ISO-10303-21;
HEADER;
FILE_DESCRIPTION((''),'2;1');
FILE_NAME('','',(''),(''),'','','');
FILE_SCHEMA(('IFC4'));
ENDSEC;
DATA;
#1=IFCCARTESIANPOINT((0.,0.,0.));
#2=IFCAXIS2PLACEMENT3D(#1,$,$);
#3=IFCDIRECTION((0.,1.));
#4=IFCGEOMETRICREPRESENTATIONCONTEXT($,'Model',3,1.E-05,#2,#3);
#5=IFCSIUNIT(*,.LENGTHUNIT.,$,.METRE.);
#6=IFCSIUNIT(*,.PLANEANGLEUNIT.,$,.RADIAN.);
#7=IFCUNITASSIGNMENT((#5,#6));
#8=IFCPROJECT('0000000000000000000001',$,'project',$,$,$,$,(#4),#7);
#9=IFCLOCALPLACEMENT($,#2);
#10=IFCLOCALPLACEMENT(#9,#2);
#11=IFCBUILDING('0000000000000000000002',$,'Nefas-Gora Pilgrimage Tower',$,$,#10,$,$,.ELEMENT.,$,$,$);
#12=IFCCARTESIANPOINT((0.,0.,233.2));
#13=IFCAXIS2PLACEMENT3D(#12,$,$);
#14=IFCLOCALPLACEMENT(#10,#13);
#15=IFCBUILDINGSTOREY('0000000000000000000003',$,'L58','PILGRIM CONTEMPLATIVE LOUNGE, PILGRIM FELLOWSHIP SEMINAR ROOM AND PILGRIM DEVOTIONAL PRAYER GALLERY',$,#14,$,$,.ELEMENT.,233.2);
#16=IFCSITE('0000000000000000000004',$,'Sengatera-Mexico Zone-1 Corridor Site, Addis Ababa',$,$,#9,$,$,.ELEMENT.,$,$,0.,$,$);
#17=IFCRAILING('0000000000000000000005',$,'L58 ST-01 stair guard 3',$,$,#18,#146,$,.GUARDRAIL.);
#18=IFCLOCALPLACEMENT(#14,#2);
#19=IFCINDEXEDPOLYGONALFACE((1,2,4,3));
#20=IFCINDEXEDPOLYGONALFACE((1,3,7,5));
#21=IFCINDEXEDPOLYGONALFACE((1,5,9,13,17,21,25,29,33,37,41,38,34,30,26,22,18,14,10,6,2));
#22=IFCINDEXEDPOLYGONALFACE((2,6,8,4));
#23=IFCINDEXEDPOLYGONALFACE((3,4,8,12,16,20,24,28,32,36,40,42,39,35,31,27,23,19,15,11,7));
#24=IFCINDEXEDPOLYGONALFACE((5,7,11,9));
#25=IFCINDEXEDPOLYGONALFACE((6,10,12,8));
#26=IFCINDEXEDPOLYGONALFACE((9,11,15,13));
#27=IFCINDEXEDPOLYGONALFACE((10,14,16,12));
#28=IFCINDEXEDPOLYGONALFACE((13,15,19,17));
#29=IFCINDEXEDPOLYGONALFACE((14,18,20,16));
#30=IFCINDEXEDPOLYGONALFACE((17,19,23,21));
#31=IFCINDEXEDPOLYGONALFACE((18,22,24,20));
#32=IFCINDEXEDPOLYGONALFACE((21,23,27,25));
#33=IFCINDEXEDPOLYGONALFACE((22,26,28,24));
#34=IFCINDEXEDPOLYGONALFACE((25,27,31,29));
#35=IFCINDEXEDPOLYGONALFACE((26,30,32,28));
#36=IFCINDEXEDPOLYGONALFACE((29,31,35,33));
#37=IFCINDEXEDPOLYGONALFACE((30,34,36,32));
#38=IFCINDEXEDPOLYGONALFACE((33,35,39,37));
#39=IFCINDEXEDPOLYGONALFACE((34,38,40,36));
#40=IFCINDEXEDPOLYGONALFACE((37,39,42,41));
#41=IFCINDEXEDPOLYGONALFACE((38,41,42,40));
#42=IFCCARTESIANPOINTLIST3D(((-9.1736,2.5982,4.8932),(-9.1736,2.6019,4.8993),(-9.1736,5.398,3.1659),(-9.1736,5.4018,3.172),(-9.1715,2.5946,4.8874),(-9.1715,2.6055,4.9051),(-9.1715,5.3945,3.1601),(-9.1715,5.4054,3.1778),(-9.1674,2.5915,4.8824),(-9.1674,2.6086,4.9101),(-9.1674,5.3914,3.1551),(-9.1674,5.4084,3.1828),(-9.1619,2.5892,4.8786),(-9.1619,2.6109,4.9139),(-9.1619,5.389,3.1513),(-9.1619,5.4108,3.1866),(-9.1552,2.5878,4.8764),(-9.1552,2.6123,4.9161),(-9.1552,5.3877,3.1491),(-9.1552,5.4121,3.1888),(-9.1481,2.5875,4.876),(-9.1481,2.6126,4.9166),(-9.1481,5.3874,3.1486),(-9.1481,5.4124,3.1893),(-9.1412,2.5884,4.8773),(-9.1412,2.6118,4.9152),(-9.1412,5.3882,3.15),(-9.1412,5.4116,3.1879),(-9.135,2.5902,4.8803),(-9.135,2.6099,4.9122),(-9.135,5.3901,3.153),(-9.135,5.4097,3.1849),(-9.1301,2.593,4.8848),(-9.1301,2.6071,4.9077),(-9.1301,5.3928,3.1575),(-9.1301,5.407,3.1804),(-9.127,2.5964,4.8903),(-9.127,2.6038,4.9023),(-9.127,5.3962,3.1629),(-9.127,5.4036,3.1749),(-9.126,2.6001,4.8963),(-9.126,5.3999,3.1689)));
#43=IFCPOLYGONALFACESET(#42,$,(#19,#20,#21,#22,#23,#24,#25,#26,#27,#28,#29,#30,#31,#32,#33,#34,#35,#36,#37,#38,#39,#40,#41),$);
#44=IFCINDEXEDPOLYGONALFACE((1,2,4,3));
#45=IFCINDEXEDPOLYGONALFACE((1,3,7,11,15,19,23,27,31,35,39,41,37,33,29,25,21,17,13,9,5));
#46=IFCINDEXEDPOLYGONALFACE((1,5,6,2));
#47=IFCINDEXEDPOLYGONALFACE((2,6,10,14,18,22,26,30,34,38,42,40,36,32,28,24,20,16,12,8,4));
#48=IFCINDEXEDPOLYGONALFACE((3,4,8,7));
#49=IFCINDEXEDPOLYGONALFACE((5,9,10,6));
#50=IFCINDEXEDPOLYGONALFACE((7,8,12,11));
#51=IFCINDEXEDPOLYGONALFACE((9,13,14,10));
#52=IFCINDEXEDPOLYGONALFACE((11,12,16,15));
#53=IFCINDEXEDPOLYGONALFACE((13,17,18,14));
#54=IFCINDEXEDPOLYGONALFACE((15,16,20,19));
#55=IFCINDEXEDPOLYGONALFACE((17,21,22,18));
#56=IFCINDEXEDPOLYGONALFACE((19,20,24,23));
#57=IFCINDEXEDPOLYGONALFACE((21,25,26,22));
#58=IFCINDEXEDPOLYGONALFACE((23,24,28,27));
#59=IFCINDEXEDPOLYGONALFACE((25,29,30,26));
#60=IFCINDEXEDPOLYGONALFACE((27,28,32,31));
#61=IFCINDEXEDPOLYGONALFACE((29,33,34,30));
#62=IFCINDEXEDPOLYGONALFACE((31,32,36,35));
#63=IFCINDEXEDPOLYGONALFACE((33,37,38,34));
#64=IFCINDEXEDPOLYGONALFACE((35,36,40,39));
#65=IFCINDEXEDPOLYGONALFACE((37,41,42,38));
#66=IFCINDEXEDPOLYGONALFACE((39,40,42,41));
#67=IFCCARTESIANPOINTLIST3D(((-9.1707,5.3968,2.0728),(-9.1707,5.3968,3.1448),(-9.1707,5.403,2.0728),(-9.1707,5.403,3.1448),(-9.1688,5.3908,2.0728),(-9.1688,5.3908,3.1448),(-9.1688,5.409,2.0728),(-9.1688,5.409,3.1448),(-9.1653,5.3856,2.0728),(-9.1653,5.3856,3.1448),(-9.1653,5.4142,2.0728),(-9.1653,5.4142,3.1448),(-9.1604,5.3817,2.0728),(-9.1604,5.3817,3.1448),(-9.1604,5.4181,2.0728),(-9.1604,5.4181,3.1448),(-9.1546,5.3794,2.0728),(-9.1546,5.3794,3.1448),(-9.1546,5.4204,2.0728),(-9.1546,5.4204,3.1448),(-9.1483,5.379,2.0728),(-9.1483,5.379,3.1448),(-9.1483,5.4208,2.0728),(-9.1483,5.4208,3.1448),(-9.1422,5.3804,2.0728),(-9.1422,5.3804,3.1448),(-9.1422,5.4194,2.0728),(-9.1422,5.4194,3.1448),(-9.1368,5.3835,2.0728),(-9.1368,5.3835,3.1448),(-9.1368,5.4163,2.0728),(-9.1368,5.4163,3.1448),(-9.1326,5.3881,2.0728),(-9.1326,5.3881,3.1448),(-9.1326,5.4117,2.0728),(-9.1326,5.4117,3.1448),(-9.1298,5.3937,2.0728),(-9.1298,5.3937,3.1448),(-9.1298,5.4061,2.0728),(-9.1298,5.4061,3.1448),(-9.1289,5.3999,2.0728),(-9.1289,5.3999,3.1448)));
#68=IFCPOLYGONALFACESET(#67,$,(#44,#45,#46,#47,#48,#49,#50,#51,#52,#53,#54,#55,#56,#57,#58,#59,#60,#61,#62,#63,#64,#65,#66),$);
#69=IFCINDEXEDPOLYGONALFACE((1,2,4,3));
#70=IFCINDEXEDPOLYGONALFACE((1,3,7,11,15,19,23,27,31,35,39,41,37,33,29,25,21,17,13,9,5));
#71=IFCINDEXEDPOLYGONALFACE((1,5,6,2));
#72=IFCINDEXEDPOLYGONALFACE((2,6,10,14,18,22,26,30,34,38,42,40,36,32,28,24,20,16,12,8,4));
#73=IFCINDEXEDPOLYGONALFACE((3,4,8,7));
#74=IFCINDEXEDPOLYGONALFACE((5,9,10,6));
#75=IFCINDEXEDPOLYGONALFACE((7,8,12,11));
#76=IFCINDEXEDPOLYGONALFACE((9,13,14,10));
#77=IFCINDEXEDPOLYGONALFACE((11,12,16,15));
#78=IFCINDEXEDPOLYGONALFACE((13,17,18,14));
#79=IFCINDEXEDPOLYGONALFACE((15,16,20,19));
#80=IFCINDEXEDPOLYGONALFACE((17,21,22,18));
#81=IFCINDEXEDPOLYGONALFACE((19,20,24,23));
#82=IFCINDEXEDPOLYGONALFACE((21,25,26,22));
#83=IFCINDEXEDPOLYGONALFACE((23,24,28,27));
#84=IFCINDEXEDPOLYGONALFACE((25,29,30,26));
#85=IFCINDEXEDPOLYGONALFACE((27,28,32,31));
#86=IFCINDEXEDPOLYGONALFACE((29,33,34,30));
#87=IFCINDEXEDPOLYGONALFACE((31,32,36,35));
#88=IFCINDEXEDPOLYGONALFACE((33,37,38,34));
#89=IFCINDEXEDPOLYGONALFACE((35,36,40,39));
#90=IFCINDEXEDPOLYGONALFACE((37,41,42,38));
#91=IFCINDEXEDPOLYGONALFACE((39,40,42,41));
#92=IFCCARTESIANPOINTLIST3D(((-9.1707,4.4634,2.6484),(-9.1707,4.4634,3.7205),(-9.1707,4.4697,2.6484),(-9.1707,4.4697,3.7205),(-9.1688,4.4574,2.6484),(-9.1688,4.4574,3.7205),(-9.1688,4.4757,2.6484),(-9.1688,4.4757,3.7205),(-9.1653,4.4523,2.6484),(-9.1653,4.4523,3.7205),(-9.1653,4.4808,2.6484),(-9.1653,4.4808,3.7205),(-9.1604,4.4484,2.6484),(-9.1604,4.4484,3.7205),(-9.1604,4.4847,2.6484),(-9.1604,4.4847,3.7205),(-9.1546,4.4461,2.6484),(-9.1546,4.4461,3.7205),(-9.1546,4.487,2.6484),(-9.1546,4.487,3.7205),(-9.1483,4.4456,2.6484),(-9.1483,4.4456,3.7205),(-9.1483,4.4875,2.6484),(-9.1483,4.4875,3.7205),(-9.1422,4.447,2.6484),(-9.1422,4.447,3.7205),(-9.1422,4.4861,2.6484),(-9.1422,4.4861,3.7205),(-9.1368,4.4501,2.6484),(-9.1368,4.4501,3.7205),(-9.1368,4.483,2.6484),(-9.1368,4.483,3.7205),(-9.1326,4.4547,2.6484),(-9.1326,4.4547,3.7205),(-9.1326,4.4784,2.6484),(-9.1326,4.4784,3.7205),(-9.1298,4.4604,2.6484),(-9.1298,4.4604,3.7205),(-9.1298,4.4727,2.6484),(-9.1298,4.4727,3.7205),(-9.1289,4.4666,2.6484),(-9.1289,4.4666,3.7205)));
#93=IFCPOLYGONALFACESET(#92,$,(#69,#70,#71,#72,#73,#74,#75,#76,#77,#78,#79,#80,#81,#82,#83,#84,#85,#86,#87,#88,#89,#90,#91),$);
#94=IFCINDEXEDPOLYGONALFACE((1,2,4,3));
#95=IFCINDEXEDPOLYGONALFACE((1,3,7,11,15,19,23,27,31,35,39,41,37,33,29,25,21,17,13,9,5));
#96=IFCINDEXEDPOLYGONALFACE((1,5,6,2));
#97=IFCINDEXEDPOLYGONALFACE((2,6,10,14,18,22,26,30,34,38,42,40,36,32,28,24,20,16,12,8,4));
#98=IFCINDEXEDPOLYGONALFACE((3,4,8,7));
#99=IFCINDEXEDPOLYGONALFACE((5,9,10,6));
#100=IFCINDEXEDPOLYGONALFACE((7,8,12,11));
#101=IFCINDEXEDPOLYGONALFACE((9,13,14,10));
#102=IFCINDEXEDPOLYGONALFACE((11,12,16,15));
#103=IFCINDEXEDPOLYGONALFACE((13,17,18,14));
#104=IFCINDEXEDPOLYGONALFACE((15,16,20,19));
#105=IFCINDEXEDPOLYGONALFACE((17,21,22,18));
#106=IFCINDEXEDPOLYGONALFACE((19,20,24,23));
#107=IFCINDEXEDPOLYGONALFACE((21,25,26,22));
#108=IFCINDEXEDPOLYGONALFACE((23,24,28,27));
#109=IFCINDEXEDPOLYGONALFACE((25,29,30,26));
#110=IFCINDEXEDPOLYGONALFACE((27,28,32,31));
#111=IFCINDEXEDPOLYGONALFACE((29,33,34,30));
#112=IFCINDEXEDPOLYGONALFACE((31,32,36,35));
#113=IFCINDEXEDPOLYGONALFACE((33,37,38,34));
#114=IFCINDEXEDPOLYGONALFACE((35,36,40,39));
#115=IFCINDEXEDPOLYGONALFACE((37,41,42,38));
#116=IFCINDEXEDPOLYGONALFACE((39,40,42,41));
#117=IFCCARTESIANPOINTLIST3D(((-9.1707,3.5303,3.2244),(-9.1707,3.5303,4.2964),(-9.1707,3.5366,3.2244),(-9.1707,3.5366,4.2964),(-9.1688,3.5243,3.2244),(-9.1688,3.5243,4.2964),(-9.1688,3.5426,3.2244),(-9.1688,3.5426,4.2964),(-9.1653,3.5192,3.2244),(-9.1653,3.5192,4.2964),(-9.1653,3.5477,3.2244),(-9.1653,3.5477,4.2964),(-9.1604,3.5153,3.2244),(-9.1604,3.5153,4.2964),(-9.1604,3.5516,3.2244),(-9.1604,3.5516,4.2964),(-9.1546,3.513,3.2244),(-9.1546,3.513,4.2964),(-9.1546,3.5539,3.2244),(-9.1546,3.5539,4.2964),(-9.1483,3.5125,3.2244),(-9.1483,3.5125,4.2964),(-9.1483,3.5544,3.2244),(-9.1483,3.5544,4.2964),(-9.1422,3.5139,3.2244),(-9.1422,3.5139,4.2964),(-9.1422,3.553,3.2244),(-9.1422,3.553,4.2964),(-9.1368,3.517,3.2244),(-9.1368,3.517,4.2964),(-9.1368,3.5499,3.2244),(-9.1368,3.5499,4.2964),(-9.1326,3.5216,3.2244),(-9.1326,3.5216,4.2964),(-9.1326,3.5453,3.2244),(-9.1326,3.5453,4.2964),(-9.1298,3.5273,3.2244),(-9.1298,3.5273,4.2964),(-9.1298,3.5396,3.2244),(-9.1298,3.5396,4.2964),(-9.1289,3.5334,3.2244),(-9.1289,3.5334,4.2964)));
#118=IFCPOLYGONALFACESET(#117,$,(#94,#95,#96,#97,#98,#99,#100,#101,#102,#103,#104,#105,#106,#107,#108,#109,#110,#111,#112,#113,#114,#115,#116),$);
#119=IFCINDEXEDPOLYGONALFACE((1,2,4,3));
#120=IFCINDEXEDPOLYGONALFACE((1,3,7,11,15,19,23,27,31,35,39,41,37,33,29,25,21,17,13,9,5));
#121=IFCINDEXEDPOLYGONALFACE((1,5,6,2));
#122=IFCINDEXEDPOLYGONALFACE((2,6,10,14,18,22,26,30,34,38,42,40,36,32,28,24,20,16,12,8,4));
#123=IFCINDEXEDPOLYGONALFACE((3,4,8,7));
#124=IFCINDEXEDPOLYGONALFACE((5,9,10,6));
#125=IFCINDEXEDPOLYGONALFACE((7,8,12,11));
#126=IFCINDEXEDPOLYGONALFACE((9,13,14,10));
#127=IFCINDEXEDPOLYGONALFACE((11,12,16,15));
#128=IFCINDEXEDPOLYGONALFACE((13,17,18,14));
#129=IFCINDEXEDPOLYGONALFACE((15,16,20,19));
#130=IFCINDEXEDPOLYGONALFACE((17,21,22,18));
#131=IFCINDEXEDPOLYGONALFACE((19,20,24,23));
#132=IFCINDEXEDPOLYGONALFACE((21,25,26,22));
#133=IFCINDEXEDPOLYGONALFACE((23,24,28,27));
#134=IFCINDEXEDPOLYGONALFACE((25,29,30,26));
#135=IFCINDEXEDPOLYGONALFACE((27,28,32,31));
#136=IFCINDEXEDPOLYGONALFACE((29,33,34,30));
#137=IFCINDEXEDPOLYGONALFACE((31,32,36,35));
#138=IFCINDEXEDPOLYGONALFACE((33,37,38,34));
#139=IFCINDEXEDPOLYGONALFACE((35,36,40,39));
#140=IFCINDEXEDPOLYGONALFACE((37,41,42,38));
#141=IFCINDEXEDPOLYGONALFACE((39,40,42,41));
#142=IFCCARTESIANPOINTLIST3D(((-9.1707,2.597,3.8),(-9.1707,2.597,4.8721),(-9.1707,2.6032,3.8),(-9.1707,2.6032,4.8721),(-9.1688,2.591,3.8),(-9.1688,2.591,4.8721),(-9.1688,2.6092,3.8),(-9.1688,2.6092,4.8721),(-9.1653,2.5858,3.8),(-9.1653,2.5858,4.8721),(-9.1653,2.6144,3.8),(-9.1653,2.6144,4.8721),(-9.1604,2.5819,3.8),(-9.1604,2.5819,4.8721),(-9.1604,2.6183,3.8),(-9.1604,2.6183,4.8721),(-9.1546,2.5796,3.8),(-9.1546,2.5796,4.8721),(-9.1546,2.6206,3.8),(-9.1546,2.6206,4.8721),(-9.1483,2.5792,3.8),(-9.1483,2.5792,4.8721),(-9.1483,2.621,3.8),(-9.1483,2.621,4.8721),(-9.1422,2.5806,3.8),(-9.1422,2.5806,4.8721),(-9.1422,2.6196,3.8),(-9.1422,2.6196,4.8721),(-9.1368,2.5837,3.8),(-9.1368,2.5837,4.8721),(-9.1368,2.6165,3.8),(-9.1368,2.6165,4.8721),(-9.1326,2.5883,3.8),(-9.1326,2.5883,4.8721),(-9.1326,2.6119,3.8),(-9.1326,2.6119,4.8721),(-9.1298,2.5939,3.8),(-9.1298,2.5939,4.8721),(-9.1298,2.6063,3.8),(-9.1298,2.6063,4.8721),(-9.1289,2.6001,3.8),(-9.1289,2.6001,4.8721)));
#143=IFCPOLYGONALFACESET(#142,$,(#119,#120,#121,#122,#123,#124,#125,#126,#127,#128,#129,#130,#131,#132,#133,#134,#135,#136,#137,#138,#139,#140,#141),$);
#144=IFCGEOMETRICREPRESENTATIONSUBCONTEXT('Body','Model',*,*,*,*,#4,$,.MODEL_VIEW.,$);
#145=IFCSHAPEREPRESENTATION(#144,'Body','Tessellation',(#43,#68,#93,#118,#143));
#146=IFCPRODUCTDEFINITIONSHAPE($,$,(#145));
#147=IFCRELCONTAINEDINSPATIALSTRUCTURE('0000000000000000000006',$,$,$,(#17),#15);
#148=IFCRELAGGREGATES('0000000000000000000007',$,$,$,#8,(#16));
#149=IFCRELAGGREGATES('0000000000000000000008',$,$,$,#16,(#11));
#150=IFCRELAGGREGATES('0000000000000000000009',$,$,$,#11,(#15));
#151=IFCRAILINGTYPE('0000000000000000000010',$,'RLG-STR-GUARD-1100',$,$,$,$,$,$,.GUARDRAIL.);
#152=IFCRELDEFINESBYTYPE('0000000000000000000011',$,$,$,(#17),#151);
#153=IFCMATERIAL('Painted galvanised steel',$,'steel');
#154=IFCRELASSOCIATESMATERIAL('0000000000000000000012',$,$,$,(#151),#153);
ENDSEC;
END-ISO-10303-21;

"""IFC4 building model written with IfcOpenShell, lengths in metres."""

from ifc_helpers import new_model, si_unit, direction, frame, origin, origin_2d, place, context, subcontext, project, spatial, circle, extrude, material, type_object, element, save


model = new_model("IFC4")

# Units and contexts
model_context = context("Model", 3, precision=1e-05, world=origin(), true_north=direction((0.0, 1.0)))
body_context = subcontext(model_context, "Body", "Model", "MODEL_VIEW")
ifc_project = project(units=[si_unit("LENGTHUNIT", "METRE"), si_unit("PLANEANGLEUNIT", "RADIAN")], contexts=[model_context])

# Site, building, storey
site_placement = place(None, origin())
site = spatial("IfcSite", under=ifc_project, at=site_placement, Name="Sengatera-Mexico Zone-1 Corridor Site, Addis Ababa", CompositionType="ELEMENT", RefElevation=0.0)
building_placement = place(site_placement, origin())
building = spatial("IfcBuilding", under=site, at=building_placement, Name="Nefas-Gora Pilgrimage Tower", CompositionType="ELEMENT")
storey_placement = place(building_placement, frame((0.0, 0.0, 233.2)))
storey = spatial("IfcBuildingStorey", under=building, at=storey_placement, Name="L58", Description="PILGRIM CONTEMPLATIVE LOUNGE, PILGRIM FELLOWSHIP SEMINAR ROOM AND PILGRIM DEVOTIONAL PRAYER GALLERY", CompositionType="ELEMENT", Elevation=233.2)

# Railing
ifc_material_1 = material(Name="Painted galvanised steel", Category="steel")
railing_type_1 = type_object("IfcRailingType", Name="RLG-STR-GUARD-1100", PredefinedType="GUARDRAIL", material=ifc_material_1)
railing_1_placement = place(storey_placement, frame((-9.1499, 5.3999, 2.0728)))
element("IfcRailing", 1, at=railing_1_placement, inside=storey, type_object=railing_type_1, Name="L58 ST-01 stair guard 3", PredefinedType="GUARDRAIL", context=body_context, shape_type="SweptSolid", body=[
    extrude(circle(Radius=0.0239, at=origin_2d()), frame((0.0, 0.0, 1.0962), z_axis=(0.0, -0.851069, 0.525054), x_axis=(1.0, 0.0, 0.0)), (0.0, 0.0, 1.0), 3.2898),
    extrude(circle(Radius=0.021, at=origin_2d()), origin(), (0.0, 0.0, 1.0), 1.072),
    extrude(circle(Radius=0.021, at=origin_2d()), frame((0.0, -0.9333, 0.5757)), (0.0, 0.0, 1.0), 1.072),
    extrude(circle(Radius=0.021, at=origin_2d()), frame((0.0, -1.8665, 1.1516)), (0.0, 0.0, 1.0), 1.072),
    extrude(circle(Radius=0.021, at=origin_2d()), frame((0.0, -2.7998, 1.7273)), (0.0, 0.0, 1.0), 1.072),
])

save(model, "model.ifc")
